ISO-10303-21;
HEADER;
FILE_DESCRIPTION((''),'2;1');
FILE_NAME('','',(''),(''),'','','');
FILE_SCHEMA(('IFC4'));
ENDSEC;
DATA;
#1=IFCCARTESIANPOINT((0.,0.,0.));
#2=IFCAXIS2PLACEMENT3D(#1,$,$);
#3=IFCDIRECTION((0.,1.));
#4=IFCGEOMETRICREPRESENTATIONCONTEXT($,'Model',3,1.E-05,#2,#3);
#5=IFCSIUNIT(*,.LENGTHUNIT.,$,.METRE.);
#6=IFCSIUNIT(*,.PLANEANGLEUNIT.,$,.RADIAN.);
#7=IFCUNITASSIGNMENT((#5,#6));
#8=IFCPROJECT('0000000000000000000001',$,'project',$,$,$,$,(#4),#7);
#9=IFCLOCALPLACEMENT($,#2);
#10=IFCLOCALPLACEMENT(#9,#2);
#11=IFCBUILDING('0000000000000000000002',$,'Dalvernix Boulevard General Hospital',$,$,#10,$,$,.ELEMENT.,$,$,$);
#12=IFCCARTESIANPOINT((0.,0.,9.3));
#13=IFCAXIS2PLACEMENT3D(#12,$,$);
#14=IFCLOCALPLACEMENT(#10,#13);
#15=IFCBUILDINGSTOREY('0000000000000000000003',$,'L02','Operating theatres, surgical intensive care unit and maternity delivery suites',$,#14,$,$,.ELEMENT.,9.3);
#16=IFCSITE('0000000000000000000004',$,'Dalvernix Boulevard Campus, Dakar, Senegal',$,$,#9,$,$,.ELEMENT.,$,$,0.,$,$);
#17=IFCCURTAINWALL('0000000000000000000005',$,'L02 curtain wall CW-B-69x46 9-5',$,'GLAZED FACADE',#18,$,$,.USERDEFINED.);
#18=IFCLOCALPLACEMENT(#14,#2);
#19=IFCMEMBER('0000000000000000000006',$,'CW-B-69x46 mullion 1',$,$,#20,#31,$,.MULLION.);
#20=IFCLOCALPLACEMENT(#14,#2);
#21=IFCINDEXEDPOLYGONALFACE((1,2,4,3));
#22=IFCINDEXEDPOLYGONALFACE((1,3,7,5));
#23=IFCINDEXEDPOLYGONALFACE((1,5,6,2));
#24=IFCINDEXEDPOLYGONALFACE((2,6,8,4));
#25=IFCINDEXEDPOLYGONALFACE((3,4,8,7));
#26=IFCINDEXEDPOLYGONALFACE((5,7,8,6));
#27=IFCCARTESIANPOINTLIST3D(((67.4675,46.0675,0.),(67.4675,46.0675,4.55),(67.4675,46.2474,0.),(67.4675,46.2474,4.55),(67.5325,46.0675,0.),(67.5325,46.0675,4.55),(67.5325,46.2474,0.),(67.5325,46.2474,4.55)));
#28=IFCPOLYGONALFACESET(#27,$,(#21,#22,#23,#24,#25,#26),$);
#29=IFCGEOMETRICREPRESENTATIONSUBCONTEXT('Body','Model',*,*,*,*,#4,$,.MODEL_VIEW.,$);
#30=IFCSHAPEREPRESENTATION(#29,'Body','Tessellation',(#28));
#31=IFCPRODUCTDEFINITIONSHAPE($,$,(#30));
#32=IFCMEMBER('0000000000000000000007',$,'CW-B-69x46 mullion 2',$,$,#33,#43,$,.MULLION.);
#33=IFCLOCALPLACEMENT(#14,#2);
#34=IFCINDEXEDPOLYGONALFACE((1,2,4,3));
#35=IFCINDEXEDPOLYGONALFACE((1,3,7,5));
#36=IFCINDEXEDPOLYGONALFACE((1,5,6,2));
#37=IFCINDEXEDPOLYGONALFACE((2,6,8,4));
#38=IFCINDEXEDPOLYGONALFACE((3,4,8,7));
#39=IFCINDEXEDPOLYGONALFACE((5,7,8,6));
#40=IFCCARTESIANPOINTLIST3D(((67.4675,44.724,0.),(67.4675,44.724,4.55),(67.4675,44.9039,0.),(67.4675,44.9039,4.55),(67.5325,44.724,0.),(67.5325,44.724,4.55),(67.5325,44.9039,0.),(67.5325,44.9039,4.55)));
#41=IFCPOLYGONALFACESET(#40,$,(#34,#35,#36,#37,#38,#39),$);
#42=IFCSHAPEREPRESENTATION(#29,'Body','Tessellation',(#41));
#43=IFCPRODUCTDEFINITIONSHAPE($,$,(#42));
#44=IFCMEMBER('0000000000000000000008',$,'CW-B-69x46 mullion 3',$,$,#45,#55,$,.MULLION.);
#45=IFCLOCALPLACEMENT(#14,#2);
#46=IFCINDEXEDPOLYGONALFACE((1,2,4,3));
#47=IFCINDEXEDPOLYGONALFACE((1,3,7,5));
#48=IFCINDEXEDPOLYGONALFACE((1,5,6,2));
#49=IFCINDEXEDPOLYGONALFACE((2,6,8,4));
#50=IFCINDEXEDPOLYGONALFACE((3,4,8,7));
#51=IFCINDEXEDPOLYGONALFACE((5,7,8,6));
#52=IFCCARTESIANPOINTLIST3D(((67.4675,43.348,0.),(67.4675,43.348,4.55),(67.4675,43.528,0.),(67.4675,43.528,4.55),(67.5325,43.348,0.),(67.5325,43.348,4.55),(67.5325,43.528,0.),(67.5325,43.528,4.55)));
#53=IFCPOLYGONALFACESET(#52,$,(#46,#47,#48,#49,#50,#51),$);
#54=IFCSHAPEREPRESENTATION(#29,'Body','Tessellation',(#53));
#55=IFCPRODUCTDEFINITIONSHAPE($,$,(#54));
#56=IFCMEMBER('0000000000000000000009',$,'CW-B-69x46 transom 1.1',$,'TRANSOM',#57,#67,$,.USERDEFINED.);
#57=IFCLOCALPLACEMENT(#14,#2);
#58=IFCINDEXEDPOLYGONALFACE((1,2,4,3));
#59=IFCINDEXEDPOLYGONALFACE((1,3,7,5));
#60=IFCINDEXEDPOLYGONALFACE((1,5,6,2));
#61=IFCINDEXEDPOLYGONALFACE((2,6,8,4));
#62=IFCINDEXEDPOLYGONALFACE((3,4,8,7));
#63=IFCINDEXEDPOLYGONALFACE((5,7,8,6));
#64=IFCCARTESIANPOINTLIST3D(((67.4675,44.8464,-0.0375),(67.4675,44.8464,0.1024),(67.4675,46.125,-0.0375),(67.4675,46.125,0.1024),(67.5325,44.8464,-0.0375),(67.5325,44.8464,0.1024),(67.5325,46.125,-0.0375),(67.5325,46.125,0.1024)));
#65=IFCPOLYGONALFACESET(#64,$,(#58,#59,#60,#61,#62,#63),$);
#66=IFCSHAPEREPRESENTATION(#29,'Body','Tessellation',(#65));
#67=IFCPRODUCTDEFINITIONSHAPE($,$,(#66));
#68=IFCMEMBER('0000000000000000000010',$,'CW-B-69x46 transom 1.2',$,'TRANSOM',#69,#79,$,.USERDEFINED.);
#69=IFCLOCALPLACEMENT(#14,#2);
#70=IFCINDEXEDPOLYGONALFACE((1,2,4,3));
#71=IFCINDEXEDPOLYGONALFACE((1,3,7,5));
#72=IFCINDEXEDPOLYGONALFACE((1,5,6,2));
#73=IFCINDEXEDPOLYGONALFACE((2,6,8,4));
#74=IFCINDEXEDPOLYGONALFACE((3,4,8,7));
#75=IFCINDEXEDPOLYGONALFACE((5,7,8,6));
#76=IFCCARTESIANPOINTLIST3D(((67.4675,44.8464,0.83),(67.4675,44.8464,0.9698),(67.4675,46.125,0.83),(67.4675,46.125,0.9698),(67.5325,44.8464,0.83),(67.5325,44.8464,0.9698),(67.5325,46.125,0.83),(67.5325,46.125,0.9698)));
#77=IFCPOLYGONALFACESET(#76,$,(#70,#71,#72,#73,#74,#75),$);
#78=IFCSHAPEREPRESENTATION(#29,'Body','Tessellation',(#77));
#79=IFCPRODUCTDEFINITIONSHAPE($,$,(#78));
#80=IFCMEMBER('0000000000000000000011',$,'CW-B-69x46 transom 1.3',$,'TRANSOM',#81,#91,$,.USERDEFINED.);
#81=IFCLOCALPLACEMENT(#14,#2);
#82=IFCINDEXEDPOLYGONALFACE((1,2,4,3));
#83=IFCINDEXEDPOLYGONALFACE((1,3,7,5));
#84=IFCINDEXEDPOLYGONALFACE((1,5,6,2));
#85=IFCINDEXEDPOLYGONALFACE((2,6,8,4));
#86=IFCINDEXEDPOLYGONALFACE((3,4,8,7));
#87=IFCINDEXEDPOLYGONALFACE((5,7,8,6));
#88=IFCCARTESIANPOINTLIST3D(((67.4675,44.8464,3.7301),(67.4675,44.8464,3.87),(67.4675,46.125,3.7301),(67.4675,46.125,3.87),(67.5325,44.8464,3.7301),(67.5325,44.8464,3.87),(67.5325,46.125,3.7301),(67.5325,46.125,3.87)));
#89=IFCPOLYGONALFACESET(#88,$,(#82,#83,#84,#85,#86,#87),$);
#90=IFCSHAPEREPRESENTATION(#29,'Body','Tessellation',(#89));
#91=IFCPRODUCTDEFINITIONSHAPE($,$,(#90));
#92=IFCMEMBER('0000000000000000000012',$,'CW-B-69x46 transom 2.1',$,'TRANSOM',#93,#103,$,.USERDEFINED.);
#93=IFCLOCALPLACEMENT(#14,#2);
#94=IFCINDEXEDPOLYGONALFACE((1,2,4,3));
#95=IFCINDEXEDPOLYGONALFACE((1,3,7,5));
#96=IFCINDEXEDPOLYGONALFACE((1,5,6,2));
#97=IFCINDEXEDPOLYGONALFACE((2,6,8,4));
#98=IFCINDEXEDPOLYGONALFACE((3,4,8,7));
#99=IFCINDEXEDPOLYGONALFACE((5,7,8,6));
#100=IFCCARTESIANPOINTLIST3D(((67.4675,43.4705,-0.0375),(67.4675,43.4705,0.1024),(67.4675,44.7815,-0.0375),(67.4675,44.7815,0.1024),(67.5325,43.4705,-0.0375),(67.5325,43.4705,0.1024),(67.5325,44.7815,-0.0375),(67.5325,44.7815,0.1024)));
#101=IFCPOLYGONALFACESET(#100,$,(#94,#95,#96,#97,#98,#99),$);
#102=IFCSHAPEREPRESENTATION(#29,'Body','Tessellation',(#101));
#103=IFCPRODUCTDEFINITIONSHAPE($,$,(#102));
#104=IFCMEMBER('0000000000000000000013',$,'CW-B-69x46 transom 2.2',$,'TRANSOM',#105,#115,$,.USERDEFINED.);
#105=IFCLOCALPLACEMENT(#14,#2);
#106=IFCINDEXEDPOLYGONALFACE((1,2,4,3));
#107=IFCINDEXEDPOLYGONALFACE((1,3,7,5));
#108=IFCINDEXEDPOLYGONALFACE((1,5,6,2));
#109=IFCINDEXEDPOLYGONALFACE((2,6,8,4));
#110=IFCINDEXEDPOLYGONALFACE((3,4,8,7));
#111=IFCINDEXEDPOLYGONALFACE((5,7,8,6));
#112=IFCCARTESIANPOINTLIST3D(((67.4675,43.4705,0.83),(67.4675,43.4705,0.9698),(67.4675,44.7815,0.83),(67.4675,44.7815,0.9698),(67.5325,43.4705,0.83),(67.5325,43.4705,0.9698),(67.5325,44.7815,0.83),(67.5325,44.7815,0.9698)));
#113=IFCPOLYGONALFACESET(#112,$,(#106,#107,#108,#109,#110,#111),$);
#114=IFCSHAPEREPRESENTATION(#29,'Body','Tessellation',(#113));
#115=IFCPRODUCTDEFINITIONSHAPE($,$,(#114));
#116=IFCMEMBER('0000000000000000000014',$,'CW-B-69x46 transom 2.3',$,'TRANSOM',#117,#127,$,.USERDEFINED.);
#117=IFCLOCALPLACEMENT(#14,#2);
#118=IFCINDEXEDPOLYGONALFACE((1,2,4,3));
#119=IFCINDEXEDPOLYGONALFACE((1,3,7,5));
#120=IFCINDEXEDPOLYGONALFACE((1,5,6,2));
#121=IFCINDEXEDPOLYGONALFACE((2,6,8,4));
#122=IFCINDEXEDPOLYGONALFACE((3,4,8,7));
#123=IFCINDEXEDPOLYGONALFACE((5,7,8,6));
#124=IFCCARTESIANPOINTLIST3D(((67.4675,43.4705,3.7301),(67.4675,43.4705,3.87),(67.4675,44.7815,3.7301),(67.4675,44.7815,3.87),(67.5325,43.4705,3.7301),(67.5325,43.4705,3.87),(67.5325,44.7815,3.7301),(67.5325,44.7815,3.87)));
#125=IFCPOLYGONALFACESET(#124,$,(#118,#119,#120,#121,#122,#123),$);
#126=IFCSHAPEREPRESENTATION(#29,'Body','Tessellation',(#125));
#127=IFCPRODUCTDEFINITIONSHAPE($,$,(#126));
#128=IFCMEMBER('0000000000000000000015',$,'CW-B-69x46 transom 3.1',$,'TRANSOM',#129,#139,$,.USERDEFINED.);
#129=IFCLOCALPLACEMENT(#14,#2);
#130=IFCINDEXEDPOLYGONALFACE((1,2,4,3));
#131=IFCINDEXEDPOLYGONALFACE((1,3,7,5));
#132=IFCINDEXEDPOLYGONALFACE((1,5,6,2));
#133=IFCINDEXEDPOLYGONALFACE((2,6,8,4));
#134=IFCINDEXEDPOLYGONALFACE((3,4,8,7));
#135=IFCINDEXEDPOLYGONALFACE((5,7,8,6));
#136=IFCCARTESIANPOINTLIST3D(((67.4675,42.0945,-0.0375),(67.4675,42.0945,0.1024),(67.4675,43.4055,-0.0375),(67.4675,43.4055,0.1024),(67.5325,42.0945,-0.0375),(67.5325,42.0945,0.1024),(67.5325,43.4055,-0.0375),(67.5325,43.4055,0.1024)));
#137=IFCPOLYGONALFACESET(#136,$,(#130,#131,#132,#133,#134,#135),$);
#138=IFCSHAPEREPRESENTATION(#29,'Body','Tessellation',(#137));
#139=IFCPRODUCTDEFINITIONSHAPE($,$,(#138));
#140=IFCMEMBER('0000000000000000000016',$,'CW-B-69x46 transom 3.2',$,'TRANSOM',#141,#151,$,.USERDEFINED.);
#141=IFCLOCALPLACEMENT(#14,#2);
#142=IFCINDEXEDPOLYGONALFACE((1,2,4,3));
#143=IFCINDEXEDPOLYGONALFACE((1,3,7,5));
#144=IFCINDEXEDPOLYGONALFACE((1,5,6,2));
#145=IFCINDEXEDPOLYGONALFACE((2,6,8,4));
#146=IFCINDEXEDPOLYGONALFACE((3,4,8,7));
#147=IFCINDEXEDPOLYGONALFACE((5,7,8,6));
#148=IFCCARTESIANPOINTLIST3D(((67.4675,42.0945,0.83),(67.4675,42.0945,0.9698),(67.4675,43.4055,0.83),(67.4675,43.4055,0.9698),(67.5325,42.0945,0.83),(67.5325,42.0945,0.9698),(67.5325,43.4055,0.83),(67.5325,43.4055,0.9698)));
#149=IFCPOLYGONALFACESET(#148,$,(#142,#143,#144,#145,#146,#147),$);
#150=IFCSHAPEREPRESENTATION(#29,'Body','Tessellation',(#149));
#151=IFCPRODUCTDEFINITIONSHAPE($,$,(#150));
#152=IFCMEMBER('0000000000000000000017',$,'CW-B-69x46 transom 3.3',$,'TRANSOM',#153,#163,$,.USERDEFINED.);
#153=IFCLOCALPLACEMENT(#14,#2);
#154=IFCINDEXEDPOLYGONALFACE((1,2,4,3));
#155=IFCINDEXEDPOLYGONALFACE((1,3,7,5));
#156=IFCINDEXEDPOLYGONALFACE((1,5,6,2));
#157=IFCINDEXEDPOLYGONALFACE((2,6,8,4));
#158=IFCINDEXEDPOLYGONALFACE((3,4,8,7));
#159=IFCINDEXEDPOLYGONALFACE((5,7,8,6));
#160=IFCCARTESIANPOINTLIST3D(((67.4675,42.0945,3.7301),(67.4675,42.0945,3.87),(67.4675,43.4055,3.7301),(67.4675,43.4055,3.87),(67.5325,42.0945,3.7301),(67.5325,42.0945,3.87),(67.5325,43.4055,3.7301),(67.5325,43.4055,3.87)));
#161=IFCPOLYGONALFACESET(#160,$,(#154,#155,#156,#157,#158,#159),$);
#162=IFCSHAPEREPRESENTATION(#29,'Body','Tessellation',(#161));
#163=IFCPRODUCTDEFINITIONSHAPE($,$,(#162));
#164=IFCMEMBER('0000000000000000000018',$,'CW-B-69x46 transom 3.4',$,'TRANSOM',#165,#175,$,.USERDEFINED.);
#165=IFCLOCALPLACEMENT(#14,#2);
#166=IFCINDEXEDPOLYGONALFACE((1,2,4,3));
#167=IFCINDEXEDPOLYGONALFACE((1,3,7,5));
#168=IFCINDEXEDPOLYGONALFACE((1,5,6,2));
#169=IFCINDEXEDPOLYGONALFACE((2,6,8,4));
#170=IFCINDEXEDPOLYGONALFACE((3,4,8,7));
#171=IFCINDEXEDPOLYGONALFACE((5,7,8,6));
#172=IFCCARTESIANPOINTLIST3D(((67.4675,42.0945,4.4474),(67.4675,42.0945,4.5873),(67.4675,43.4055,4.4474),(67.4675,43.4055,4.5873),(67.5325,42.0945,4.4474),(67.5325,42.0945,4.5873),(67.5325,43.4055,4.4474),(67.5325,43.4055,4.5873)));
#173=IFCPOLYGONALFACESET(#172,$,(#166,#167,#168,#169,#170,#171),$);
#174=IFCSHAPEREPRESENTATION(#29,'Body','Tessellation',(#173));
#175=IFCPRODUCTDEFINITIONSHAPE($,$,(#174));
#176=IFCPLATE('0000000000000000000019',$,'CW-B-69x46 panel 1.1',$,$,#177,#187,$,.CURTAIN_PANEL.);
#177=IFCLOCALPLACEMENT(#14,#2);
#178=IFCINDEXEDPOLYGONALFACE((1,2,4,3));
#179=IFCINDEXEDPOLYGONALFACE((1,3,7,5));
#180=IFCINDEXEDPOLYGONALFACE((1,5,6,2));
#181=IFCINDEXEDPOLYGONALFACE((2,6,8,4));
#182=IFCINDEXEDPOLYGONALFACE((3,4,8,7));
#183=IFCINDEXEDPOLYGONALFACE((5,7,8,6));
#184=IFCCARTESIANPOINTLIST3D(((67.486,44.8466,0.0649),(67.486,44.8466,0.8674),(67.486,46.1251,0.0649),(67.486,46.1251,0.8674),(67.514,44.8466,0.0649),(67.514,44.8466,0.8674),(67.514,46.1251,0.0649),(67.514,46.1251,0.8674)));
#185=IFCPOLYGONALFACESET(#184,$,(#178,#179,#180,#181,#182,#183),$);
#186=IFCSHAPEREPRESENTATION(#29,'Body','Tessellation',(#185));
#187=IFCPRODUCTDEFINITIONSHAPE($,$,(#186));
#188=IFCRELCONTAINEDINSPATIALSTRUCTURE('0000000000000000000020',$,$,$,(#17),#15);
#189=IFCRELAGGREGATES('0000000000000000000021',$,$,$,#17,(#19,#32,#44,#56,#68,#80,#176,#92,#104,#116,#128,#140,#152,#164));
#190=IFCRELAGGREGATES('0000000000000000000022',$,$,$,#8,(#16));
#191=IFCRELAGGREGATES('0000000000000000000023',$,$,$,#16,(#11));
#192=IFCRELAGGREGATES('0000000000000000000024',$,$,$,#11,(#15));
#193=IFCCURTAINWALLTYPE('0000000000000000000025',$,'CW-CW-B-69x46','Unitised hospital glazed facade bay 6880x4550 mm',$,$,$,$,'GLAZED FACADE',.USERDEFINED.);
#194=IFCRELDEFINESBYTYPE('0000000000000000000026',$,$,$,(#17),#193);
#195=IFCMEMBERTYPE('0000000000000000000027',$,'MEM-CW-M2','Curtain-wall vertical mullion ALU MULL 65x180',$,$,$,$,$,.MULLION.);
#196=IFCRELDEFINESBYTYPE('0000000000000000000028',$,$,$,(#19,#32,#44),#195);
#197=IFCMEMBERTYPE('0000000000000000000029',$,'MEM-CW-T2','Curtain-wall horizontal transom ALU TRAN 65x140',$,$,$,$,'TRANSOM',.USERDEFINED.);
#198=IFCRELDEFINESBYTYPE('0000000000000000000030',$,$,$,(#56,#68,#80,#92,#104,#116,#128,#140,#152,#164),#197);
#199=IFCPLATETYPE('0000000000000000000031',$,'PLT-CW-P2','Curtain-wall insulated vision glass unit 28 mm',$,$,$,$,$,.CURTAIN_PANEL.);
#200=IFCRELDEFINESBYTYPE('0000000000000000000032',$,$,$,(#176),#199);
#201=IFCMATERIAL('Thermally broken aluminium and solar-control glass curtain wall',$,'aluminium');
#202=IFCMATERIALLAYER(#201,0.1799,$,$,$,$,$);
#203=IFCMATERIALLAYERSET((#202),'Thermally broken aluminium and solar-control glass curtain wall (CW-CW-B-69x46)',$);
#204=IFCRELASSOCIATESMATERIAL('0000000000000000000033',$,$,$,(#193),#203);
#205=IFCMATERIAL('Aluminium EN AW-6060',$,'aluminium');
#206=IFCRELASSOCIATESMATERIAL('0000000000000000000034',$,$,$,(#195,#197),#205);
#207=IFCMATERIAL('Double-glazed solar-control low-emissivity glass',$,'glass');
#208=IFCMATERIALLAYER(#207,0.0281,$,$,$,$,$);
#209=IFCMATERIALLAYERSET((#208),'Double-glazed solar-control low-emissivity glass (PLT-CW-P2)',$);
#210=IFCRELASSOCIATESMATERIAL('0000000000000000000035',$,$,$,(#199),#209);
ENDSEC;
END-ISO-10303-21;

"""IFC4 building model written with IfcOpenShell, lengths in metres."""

from ifc_helpers import new_model, si_unit, direction, frame, origin, origin_2d, place, context, subcontext, project, spatial, rectangle, extrude, material, layer, layer_set, material_profile, profile_set, type_object, element, aggregate, save


model = new_model("IFC4")

# Units and contexts
model_context = context("Model", 3, precision=1e-05, world=origin(), true_north=direction((0.0, 1.0)))
body_context = subcontext(model_context, "Body", "Model", "MODEL_VIEW")
ifc_project = project(units=[si_unit("LENGTHUNIT", "METRE"), si_unit("PLANEANGLEUNIT", "RADIAN")], contexts=[model_context])

# Site, building, storey
site_placement = place(None, origin())
site = spatial("IfcSite", under=ifc_project, at=site_placement, Name="Dalvernix Boulevard Campus, Dakar, Senegal", CompositionType="ELEMENT", RefElevation=0.0)
building_placement = place(site_placement, origin())
building = spatial("IfcBuilding", under=site, at=building_placement, Name="Dalvernix Boulevard General Hospital", CompositionType="ELEMENT")
storey_placement = place(building_placement, frame((0.0, 0.0, 9.3)))
storey = spatial("IfcBuildingStorey", under=building, at=storey_placement, Name="L02", Description="Operating theatres, surgical intensive care unit and maternity delivery suites", CompositionType="ELEMENT", Elevation=9.3)

# Curtain wall, members, plate
ifc_material_1 = material(Name="Thermally broken aluminium and solar-control glass curtain wall", Category="aluminium")
ifc_layer_1 = layer(ifc_material_1, 0.1799)
ifc_layer_set_1 = layer_set([ifc_layer_1], Name="Thermally broken aluminium and solar-control glass curtain wall (CW-CW-B-69x46)")
curtain_wall_type = type_object("IfcCurtainWallType", Name="CW-CW-B-69x46", Description="Unitised hospital glazed facade bay 6880x4550 mm", ElementType="GLAZED FACADE", PredefinedType="USERDEFINED", material=ifc_layer_set_1)
curtain_wall_placement = place(storey_placement, origin())
curtain_wall = element("IfcCurtainWall", 1, at=curtain_wall_placement, inside=storey, type_object=curtain_wall_type, Name="L02 curtain wall CW-B-69x46 9-5", ObjectType="GLAZED FACADE", PredefinedType="USERDEFINED")
ifc_material_2 = material(Name="Aluminium EN AW-6060", Category="aluminium")
ifc_material_profile_1 = material_profile(ifc_material_2, rectangle(XDim=0.0649, YDim=0.1799, at=origin_2d()), Name="ALU MULL 65x180")
ifc_profile_set_1 = profile_set([ifc_material_profile_1], Name="Aluminium EN AW-6060")
member_type_1 = type_object("IfcMemberType", Name="MEM-CW-M2", Description="Curtain-wall vertical mullion ALU MULL 65x180", PredefinedType="MULLION", material=ifc_profile_set_1)
member_1_placement = place(storey_placement, frame((67.5, 46.1575, 0.0), z_axis=(0.0, 0.0, 1.0), x_axis=(1.0, 0.0, 0.0)))
member_1 = element("IfcMember", 2, at=member_1_placement, type_object=member_type_1, Name="CW-B-69x46 mullion 1", PredefinedType="MULLION", context=body_context, shape_type="SweptSolid", body=[
    extrude(rectangle(XDim=0.0649, YDim=0.1799, at=origin_2d()), origin(), (0.0, 0.0, 1.0), 4.55),
])
member_2_placement = place(storey_placement, frame((67.5, 44.814, 0.0), z_axis=(0.0, 0.0, 1.0), x_axis=(1.0, 0.0, 0.0)))
member_2 = element("IfcMember", 3, at=member_2_placement, type_object=member_type_1, Name="CW-B-69x46 mullion 2", PredefinedType="MULLION", context=body_context, shape_type="SweptSolid", body=[
    extrude(rectangle(XDim=0.0649, YDim=0.1799, at=origin_2d()), origin(), (0.0, 0.0, 1.0), 4.55),
])
member_3_placement = place(storey_placement, frame((67.5, 43.438, 0.0), z_axis=(0.0, 0.0, 1.0), x_axis=(1.0, 0.0, 0.0)))
member_3 = element("IfcMember", 4, at=member_3_placement, type_object=member_type_1, Name="CW-B-69x46 mullion 3", PredefinedType="MULLION", context=body_context, shape_type="SweptSolid", body=[
    extrude(rectangle(XDim=0.0649, YDim=0.1799, at=origin_2d()), origin(), (0.0, 0.0, 1.0), 4.55),
])
ifc_material_profile_2 = material_profile(ifc_material_2, rectangle(XDim=0.0649, YDim=0.1399, at=origin_2d()), Name="ALU TRAN 65x140")
ifc_profile_set_2 = profile_set([ifc_material_profile_2], Name="Aluminium EN AW-6060")
member_type_2 = type_object("IfcMemberType", Name="MEM-CW-T2", Description="Curtain-wall horizontal transom ALU TRAN 65x140", ElementType="TRANSOM", PredefinedType="USERDEFINED", material=ifc_profile_set_2)
member_4_placement = place(storey_placement, frame((67.5, 46.125, 0.0325), z_axis=(0.0, -1.0, 0.0), x_axis=(1.0, 0.0, 0.0)))
member_4 = element("IfcMember", 5, at=member_4_placement, type_object=member_type_2, Name="CW-B-69x46 transom 1.1", ObjectType="TRANSOM", PredefinedType="USERDEFINED", context=body_context, shape_type="SweptSolid", body=[
    extrude(rectangle(XDim=0.0649, YDim=0.1399, at=origin_2d()), origin(), (0.0, 0.0, 1.0), 1.2786),
])
member_5_placement = place(storey_placement, frame((67.5, 46.125, 0.8999), z_axis=(0.0, -1.0, 0.0), x_axis=(1.0, 0.0, 0.0)))
member_5 = element("IfcMember", 6, at=member_5_placement, type_object=member_type_2, Name="CW-B-69x46 transom 1.2", ObjectType="TRANSOM", PredefinedType="USERDEFINED", context=body_context, shape_type="SweptSolid", body=[
    extrude(rectangle(XDim=0.0649, YDim=0.1399, at=origin_2d()), origin(), (0.0, 0.0, 1.0), 1.2786),
])
member_6_placement = place(storey_placement, frame((67.5, 46.125, 3.8), z_axis=(0.0, -1.0, 0.0), x_axis=(1.0, 0.0, 0.0)))
member_6 = element("IfcMember", 7, at=member_6_placement, type_object=member_type_2, Name="CW-B-69x46 transom 1.3", ObjectType="TRANSOM", PredefinedType="USERDEFINED", context=body_context, shape_type="SweptSolid", body=[
    extrude(rectangle(XDim=0.0649, YDim=0.1399, at=origin_2d()), origin(), (0.0, 0.0, 1.0), 1.2786),
])
member_7_placement = place(storey_placement, frame((67.5, 44.7815, 0.0325), z_axis=(0.0, -1.0, 0.0), x_axis=(1.0, 0.0, 0.0)))
member_7 = element("IfcMember", 8, at=member_7_placement, type_object=member_type_2, Name="CW-B-69x46 transom 2.1", ObjectType="TRANSOM", PredefinedType="USERDEFINED", context=body_context, shape_type="SweptSolid", body=[
    extrude(rectangle(XDim=0.0649, YDim=0.1399, at=origin_2d()), origin(), (0.0, 0.0, 1.0), 1.311),
])
member_8_placement = place(storey_placement, frame((67.5, 44.7815, 0.8999), z_axis=(0.0, -1.0, 0.0), x_axis=(1.0, 0.0, 0.0)))
member_8 = element("IfcMember", 9, at=member_8_placement, type_object=member_type_2, Name="CW-B-69x46 transom 2.2", ObjectType="TRANSOM", PredefinedType="USERDEFINED", context=body_context, shape_type="SweptSolid", body=[
    extrude(rectangle(XDim=0.0649, YDim=0.1399, at=origin_2d()), origin(), (0.0, 0.0, 1.0), 1.311),
])
member_9_placement = place(storey_placement, frame((67.5, 44.7815, 3.8), z_axis=(0.0, -1.0, 0.0), x_axis=(1.0, 0.0, 0.0)))
member_9 = element("IfcMember", 10, at=member_9_placement, type_object=member_type_2, Name="CW-B-69x46 transom 2.3", ObjectType="TRANSOM", PredefinedType="USERDEFINED", context=body_context, shape_type="SweptSolid", body=[
    extrude(rectangle(XDim=0.0649, YDim=0.1399, at=origin_2d()), origin(), (0.0, 0.0, 1.0), 1.311),
])
member_10_placement = place(storey_placement, frame((67.5, 43.4055, 0.0325), z_axis=(0.0, -1.0, 0.0), x_axis=(1.0, 0.0, 0.0)))
member_10 = element("IfcMember", 11, at=member_10_placement, type_object=member_type_2, Name="CW-B-69x46 transom 3.1", ObjectType="TRANSOM", PredefinedType="USERDEFINED", context=body_context, shape_type="SweptSolid", body=[
    extrude(rectangle(XDim=0.0649, YDim=0.1399, at=origin_2d()), origin(), (0.0, 0.0, 1.0), 1.311),
])
member_11_placement = place(storey_placement, frame((67.5, 43.4055, 0.8999), z_axis=(0.0, -1.0, 0.0), x_axis=(1.0, 0.0, 0.0)))
member_11 = element("IfcMember", 12, at=member_11_placement, type_object=member_type_2, Name="CW-B-69x46 transom 3.2", ObjectType="TRANSOM", PredefinedType="USERDEFINED", context=body_context, shape_type="SweptSolid", body=[
    extrude(rectangle(XDim=0.0649, YDim=0.1399, at=origin_2d()), origin(), (0.0, 0.0, 1.0), 1.311),
])
member_12_placement = place(storey_placement, frame((67.5, 43.4055, 3.8), z_axis=(0.0, -1.0, 0.0), x_axis=(1.0, 0.0, 0.0)))
member_12 = element("IfcMember", 13, at=member_12_placement, type_object=member_type_2, Name="CW-B-69x46 transom 3.3", ObjectType="TRANSOM", PredefinedType="USERDEFINED", context=body_context, shape_type="SweptSolid", body=[
    extrude(rectangle(XDim=0.0649, YDim=0.1399, at=origin_2d()), origin(), (0.0, 0.0, 1.0), 1.311),
])
member_13_placement = place(storey_placement, frame((67.5, 43.4055, 4.5173), z_axis=(0.0, -1.0, 0.0), x_axis=(1.0, 0.0, 0.0)))
member_13 = element("IfcMember", 14, at=member_13_placement, type_object=member_type_2, Name="CW-B-69x46 transom 3.4", ObjectType="TRANSOM", PredefinedType="USERDEFINED", context=body_context, shape_type="SweptSolid", body=[
    extrude(rectangle(XDim=0.0649, YDim=0.1399, at=origin_2d()), origin(), (0.0, 0.0, 1.0), 1.311),
])
ifc_material_3 = material(Name="Double-glazed solar-control low-emissivity glass", Category="glass")
ifc_layer_2 = layer(ifc_material_3, 0.0281)
ifc_layer_set_2 = layer_set([ifc_layer_2], Name="Double-glazed solar-control low-emissivity glass (PLT-CW-P2)")
plate_type = type_object("IfcPlateType", Name="PLT-CW-P2", Description="Curtain-wall insulated vision glass unit 28 mm", PredefinedType="CURTAIN_PANEL", material=ifc_layer_set_2)
plate_1_placement = place(storey_placement, frame((67.5, 45.4858, 0.0649), z_axis=(0.0, 0.0, 1.0), x_axis=(0.0, -1.0, 0.0)))
plate_1 = element("IfcPlate", 15, at=plate_1_placement, type_object=plate_type, Name="CW-B-69x46 panel 1.1", PredefinedType="CURTAIN_PANEL", context=body_context, shape_type="SweptSolid", body=[
    extrude(rectangle(XDim=1.2786, YDim=0.0281, at=origin_2d()), origin(), (0.0, 0.0, 1.0), 0.8025),
])
aggregate(curtain_wall, [member_1, member_2, member_3, member_4, member_5, member_6, plate_1, member_7, member_8, member_9, member_10, member_11, member_12, member_13])

save(model, "model.ifc")
